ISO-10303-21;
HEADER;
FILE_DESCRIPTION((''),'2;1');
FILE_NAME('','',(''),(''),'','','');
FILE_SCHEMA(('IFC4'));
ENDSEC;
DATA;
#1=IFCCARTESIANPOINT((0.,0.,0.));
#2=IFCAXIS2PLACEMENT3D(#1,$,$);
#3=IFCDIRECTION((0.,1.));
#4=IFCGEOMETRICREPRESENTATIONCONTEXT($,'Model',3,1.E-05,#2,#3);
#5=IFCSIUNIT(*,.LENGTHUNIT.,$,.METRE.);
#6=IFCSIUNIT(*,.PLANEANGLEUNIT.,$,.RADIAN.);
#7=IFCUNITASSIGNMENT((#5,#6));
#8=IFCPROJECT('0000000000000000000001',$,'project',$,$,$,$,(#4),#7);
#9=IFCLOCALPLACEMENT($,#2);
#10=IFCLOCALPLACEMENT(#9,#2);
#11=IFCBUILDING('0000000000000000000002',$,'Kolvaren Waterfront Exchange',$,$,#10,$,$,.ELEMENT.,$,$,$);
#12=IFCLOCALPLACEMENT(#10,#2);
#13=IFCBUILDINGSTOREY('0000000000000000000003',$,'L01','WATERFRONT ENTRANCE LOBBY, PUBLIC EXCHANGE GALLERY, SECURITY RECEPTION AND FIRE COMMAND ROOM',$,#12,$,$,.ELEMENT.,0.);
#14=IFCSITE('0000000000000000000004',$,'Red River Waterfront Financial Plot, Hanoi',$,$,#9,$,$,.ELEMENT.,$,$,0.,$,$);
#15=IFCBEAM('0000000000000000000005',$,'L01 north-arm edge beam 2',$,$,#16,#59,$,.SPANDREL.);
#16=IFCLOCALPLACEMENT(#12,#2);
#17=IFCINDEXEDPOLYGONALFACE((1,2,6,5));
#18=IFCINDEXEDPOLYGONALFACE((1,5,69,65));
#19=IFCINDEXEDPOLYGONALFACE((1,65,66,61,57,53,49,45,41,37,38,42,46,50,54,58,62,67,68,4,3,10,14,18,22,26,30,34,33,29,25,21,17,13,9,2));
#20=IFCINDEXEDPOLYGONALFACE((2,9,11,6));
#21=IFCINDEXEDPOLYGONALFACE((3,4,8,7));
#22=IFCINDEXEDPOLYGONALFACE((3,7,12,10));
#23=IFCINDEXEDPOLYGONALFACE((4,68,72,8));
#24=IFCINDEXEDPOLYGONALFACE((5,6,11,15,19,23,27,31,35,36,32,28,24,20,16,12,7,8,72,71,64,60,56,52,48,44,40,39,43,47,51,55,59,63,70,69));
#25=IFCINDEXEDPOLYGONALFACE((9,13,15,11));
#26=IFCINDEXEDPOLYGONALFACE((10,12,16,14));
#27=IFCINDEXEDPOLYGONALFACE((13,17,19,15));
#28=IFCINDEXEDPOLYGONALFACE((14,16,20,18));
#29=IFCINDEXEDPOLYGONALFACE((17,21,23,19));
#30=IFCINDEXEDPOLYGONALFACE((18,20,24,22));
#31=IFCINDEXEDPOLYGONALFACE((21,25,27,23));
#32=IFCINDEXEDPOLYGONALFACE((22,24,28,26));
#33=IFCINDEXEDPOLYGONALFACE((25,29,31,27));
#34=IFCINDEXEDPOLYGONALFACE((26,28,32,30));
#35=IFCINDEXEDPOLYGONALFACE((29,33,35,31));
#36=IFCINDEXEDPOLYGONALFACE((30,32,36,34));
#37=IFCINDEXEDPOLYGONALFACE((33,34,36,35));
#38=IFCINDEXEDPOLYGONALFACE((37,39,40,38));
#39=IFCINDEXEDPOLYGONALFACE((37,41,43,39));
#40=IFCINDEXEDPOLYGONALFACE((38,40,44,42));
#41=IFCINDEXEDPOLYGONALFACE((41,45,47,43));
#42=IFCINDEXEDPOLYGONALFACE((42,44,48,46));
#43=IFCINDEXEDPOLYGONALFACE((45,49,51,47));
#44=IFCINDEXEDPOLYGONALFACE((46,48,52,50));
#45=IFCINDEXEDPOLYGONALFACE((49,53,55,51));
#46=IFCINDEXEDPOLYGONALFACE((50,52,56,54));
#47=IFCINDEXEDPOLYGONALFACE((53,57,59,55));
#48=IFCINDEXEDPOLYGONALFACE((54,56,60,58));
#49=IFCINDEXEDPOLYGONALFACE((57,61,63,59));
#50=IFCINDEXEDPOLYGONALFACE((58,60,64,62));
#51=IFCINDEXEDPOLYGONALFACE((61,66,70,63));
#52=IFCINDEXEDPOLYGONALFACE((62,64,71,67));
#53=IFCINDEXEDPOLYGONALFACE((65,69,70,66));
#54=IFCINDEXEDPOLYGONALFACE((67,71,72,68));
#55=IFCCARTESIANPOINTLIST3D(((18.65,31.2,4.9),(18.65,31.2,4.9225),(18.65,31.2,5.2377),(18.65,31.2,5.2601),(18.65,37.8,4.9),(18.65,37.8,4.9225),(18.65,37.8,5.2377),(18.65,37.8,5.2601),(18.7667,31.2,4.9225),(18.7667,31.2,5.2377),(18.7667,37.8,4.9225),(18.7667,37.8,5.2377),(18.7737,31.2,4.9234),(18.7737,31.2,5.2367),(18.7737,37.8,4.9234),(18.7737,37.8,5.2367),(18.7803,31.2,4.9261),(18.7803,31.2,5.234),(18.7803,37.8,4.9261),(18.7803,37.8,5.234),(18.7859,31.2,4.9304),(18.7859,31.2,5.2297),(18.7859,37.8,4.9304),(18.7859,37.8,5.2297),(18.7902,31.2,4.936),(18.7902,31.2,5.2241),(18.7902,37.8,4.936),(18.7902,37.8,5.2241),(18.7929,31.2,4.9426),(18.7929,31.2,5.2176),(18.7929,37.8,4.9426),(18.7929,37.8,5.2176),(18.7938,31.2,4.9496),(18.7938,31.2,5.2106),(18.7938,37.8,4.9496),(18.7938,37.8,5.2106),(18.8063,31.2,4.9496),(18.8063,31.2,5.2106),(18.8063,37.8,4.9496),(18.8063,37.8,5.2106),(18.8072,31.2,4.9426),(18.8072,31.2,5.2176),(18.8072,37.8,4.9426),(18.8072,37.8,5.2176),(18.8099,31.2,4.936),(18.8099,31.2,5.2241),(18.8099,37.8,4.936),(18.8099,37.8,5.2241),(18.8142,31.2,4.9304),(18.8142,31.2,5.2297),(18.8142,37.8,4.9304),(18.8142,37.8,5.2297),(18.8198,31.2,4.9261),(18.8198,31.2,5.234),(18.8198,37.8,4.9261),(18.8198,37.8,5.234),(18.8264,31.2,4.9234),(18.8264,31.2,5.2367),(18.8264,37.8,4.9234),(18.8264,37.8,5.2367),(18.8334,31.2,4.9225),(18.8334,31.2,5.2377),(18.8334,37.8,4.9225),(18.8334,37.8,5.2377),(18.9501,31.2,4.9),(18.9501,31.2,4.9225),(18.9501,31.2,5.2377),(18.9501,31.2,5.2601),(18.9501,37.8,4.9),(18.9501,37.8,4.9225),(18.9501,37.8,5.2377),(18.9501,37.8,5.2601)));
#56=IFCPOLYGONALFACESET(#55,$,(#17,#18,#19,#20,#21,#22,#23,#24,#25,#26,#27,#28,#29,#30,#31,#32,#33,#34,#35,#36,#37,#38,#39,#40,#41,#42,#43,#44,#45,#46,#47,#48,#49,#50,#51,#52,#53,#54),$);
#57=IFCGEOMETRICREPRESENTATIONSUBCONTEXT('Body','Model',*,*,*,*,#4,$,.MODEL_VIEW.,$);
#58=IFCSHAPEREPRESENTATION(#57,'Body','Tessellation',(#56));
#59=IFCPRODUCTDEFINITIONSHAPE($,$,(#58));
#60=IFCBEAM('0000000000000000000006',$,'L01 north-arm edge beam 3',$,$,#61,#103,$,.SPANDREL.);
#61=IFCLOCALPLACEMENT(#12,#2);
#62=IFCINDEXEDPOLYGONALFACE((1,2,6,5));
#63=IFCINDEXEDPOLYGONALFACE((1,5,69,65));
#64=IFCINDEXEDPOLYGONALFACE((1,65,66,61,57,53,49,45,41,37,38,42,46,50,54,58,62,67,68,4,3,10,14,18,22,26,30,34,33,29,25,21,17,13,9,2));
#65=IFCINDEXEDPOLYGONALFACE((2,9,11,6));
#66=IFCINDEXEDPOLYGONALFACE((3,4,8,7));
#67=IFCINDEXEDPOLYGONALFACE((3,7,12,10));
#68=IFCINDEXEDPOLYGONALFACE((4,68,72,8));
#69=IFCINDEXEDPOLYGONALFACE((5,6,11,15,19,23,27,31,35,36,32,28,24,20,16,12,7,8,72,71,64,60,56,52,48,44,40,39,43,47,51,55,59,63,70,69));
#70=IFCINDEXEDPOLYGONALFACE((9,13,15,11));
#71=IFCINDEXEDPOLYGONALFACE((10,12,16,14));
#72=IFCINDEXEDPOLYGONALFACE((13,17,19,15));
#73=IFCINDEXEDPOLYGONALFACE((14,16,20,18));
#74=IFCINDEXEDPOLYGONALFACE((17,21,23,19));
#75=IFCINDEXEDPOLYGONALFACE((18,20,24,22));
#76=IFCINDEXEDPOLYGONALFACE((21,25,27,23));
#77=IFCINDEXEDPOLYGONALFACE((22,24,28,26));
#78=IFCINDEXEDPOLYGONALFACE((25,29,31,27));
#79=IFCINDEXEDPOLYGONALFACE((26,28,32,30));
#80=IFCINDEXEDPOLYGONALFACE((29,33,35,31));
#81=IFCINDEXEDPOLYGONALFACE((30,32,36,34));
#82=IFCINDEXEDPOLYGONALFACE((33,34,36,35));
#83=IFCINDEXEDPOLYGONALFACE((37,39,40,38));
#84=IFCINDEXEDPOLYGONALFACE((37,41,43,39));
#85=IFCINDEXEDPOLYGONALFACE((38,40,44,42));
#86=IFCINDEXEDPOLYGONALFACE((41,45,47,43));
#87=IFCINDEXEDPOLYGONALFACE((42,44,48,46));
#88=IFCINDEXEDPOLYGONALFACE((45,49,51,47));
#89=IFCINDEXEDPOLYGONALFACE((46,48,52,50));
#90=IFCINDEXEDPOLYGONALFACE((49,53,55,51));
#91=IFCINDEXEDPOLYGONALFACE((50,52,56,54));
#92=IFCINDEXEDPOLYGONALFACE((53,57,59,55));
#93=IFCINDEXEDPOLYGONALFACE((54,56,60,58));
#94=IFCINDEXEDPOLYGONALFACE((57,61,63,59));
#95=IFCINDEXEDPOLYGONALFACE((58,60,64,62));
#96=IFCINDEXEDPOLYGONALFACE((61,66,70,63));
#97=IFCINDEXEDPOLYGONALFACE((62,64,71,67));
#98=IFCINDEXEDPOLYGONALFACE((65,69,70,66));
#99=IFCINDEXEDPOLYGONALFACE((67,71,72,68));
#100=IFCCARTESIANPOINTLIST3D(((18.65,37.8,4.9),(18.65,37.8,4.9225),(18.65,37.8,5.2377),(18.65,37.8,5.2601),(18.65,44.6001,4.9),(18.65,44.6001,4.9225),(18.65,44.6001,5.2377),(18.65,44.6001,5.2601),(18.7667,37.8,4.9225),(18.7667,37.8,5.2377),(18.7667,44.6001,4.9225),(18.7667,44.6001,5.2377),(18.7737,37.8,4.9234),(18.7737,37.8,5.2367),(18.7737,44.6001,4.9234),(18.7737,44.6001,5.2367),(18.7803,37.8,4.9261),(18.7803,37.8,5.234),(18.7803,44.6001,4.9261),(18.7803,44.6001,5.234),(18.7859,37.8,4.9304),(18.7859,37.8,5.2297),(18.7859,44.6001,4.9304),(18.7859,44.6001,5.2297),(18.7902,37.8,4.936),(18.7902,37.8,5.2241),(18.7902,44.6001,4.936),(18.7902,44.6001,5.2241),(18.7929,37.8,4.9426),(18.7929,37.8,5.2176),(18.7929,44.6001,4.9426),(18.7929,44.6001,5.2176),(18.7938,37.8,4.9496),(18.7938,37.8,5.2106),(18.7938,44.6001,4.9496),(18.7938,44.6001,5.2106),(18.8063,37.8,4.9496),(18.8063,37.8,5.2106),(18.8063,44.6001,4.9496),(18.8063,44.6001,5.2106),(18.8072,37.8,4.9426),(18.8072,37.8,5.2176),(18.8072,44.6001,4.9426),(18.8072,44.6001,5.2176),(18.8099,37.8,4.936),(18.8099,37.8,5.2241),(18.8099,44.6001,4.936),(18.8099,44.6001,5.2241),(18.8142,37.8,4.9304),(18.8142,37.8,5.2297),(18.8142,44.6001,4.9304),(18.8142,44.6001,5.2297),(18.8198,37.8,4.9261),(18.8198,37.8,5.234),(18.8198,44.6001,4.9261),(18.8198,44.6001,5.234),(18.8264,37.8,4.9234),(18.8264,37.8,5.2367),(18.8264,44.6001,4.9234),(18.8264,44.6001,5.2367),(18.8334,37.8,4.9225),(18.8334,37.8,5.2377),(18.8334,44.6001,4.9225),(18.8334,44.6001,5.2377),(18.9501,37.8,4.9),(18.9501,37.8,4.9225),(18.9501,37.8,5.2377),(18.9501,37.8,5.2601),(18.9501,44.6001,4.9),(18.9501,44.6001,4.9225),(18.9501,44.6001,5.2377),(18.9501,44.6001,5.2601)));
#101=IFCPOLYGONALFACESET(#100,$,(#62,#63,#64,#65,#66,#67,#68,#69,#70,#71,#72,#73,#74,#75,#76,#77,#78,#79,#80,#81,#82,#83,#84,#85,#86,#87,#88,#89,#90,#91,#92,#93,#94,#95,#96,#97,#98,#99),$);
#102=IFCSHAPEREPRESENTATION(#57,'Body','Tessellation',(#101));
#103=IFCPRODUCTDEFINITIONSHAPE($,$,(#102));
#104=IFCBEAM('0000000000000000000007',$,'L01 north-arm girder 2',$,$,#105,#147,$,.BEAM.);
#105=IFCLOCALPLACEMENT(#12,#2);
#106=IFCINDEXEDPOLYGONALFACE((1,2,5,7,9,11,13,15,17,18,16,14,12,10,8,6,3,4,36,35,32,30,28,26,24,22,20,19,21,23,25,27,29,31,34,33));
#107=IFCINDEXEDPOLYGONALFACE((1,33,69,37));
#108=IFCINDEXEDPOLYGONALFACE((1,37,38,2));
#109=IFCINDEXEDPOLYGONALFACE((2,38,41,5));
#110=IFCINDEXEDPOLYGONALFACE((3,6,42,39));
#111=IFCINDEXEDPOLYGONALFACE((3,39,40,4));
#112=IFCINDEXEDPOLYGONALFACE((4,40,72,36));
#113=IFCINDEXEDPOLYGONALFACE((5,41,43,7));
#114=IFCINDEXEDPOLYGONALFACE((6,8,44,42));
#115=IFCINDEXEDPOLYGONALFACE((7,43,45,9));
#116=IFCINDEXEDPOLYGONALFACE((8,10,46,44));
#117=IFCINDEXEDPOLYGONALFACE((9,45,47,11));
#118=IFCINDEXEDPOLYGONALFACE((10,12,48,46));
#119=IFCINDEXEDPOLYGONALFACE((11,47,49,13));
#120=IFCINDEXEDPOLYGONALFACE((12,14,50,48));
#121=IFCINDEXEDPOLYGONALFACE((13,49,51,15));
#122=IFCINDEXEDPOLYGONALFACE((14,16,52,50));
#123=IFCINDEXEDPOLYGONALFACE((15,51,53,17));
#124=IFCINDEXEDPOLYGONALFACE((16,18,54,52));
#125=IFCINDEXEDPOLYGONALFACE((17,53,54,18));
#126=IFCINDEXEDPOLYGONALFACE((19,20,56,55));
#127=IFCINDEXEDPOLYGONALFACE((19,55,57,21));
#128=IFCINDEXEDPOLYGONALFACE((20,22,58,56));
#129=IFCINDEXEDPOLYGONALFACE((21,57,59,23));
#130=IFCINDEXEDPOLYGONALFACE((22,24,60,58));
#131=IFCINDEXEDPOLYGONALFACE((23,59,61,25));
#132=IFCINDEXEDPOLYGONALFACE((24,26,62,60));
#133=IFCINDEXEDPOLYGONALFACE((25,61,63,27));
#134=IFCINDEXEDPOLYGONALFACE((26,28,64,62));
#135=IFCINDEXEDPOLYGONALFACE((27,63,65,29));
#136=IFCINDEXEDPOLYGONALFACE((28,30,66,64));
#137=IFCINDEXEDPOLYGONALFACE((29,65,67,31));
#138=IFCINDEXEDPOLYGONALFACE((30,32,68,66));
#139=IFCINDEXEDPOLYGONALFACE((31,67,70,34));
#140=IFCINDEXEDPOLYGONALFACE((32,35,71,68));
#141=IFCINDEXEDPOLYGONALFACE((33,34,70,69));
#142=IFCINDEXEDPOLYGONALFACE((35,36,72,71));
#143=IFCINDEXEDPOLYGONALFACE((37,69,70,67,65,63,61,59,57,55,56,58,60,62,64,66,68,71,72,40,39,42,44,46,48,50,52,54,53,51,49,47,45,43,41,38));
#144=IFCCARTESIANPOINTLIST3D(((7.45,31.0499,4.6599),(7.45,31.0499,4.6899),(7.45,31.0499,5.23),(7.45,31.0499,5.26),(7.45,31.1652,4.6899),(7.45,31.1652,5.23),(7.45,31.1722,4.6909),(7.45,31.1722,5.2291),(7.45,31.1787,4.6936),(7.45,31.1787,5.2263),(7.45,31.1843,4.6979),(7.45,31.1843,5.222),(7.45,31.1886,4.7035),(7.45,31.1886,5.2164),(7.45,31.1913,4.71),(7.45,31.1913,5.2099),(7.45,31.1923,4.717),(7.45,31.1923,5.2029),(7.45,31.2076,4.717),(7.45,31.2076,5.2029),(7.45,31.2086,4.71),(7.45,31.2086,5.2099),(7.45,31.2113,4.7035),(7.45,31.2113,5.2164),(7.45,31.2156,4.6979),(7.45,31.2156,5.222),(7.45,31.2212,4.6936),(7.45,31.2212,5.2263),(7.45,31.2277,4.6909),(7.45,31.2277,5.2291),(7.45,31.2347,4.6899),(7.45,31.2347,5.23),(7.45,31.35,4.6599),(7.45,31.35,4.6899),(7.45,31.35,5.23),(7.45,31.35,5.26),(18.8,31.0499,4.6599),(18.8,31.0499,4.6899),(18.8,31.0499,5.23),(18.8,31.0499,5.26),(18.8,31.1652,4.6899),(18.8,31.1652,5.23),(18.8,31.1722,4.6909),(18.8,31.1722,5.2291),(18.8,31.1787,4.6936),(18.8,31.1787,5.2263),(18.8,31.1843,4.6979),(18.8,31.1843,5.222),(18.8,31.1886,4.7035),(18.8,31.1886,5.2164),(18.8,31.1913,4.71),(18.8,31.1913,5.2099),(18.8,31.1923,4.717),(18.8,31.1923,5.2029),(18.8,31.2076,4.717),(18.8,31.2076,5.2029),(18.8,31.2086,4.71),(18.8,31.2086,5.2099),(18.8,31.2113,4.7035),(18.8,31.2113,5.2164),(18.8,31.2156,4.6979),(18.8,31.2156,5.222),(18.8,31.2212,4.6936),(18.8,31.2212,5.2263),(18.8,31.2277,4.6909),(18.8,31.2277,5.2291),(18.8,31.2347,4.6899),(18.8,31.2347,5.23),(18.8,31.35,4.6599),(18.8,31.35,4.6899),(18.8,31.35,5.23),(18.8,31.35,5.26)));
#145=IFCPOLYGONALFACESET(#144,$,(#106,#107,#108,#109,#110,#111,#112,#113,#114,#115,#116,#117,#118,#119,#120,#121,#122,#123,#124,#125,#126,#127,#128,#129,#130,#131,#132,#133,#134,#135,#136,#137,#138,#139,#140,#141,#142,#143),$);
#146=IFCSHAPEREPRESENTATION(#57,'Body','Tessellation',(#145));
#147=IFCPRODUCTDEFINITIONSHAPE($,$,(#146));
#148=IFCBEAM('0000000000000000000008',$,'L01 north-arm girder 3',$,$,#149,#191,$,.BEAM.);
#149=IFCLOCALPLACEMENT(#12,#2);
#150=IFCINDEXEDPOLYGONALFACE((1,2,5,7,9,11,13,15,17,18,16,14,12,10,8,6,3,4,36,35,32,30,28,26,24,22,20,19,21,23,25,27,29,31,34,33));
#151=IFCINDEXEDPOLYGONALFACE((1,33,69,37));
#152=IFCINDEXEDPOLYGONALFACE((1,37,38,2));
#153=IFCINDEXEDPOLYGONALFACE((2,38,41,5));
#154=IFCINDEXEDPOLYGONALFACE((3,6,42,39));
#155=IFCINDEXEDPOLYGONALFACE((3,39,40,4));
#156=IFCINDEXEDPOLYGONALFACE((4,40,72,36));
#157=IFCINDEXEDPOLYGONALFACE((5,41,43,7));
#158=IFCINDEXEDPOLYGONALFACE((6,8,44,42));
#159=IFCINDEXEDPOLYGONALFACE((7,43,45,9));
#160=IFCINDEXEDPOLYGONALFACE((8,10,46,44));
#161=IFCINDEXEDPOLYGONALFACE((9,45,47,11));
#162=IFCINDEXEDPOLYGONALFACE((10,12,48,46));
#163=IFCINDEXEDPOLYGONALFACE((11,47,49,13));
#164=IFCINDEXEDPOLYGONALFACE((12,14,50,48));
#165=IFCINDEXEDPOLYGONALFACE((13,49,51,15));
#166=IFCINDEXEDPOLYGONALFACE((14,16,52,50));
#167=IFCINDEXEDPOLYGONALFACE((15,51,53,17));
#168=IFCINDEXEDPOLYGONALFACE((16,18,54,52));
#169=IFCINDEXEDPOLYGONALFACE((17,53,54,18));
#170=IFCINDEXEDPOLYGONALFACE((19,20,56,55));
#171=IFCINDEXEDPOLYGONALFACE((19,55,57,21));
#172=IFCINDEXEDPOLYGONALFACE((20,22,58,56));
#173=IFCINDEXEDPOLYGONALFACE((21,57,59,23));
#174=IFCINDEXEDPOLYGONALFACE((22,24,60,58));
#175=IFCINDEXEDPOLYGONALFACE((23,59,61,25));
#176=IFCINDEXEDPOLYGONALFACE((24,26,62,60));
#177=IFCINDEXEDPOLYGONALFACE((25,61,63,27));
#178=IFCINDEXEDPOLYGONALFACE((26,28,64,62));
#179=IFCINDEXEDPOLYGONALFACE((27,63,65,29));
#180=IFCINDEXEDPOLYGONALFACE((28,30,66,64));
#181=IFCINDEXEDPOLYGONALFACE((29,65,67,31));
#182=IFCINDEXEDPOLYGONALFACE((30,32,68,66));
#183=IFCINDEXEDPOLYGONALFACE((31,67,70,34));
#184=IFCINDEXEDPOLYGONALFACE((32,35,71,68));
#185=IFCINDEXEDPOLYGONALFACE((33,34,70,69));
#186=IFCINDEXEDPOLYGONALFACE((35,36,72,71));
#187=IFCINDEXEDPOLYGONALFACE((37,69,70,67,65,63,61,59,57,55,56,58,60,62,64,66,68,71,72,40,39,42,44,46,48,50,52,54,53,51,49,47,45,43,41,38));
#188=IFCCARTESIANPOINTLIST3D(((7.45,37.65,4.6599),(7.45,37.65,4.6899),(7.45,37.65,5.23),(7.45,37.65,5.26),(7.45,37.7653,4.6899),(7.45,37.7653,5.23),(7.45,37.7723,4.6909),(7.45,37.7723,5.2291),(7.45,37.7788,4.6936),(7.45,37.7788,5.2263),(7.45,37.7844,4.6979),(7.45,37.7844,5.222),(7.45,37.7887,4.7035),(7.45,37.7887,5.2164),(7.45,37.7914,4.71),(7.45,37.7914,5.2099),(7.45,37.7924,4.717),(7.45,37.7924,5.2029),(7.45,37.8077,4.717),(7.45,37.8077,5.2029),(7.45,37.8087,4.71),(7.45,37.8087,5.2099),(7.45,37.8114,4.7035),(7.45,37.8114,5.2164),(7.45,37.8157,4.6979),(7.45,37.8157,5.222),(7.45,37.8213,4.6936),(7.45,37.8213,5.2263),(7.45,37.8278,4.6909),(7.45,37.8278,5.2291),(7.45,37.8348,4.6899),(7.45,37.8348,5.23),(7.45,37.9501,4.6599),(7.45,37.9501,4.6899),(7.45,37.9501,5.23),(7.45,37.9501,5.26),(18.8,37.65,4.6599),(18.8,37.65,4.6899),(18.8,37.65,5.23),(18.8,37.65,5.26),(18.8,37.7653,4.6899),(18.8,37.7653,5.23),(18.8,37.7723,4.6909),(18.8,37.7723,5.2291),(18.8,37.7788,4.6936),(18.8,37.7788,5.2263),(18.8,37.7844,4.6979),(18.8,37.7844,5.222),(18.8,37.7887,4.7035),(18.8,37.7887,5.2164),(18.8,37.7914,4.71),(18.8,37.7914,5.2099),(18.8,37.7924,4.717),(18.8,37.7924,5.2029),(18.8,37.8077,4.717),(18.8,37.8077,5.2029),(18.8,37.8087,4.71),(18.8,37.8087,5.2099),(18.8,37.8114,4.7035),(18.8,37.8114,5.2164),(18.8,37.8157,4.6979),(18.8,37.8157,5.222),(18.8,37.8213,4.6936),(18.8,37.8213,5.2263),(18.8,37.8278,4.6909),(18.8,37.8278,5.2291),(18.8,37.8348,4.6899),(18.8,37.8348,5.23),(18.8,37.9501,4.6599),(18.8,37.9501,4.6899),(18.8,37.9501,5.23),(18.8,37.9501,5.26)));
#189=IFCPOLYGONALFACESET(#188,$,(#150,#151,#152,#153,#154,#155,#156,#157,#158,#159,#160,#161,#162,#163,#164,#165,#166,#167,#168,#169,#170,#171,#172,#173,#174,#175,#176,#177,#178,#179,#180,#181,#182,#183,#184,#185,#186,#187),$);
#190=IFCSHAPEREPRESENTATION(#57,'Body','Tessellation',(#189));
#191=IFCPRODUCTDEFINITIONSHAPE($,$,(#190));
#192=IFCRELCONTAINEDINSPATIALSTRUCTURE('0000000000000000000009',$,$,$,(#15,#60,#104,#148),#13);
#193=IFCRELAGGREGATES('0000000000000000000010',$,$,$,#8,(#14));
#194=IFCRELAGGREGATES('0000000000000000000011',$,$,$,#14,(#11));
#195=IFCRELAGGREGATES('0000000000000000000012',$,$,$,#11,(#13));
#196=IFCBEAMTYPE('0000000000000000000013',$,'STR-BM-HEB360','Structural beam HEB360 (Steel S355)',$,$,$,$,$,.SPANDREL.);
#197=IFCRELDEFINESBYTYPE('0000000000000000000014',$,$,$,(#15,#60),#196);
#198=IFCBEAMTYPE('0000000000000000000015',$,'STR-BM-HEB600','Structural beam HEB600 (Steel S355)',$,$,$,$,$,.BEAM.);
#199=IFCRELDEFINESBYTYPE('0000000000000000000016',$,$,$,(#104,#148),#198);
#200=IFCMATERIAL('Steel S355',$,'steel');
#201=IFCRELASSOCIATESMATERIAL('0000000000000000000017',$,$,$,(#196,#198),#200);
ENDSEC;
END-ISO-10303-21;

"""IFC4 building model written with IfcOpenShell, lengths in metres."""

from ifc_helpers import new_model, si_unit, direction, frame, origin, origin_2d, place, context, subcontext, project, spatial, i_section, extrude, material, material_profile, profile_set, type_object, element, save


model = new_model("IFC4")

# Units and contexts
model_context = context("Model", 3, precision=1e-05, world=origin(), true_north=direction((0.0, 1.0)))
body_context = subcontext(model_context, "Body", "Model", "MODEL_VIEW")
ifc_project = project(units=[si_unit("LENGTHUNIT", "METRE"), si_unit("PLANEANGLEUNIT", "RADIAN")], contexts=[model_context])

# Site, building, storey
site_placement = place(None, origin())
site = spatial("IfcSite", under=ifc_project, at=site_placement, Name="Red River Waterfront Financial Plot, Hanoi", CompositionType="ELEMENT", RefElevation=0.0)
building_placement = place(site_placement, origin())
building = spatial("IfcBuilding", under=site, at=building_placement, Name="Kolvaren Waterfront Exchange", CompositionType="ELEMENT")
storey_placement = place(building_placement, origin())
storey = spatial("IfcBuildingStorey", under=building, at=storey_placement, Name="L01", Description="WATERFRONT ENTRANCE LOBBY, PUBLIC EXCHANGE GALLERY, SECURITY RECEPTION AND FIRE COMMAND ROOM", CompositionType="ELEMENT", Elevation=0.0)

# Beams
ifc_material_1 = material(Name="Steel S355", Category="steel")
ifc_material_profile_1 = material_profile(ifc_material_1, i_section(OverallWidth=0.3, OverallDepth=0.3601, WebThickness=0.0125, FlangeThickness=0.0225, FilletRadius=0.0271, at=origin_2d()), Name="HEB360")
ifc_profile_set_1 = profile_set([ifc_material_profile_1], Name="Steel S355")
beam_type_1 = type_object("IfcBeamType", Name="STR-BM-HEB360", Description="Structural beam HEB360 (Steel S355)", PredefinedType="SPANDREL", material=ifc_profile_set_1)
beam_1_placement = place(storey_placement, frame((18.8, 31.2, 5.0801), z_axis=(0.0, 1.0, 0.0), x_axis=(-1.0, 0.0, 0.0)))
element("IfcBeam", 1, at=beam_1_placement, inside=storey, type_object=beam_type_1, Name="L01 north-arm edge beam 2", PredefinedType="SPANDREL", context=body_context, shape_type="SweptSolid", body=[
    extrude(i_section(OverallWidth=0.3, OverallDepth=0.3601, WebThickness=0.0125, FlangeThickness=0.0225, FilletRadius=0.0271, at=origin_2d()), origin(), (0.0, 0.0, 1.0), 6.6001),
])
beam_2_placement = place(storey_placement, frame((18.8, 37.8, 5.0801), z_axis=(0.0, 1.0, 0.0), x_axis=(-1.0, 0.0, 0.0)))
element("IfcBeam", 2, at=beam_2_placement, inside=storey, type_object=beam_type_1, Name="L01 north-arm edge beam 3", PredefinedType="SPANDREL", context=body_context, shape_type="SweptSolid", body=[
    extrude(i_section(OverallWidth=0.3, OverallDepth=0.3601, WebThickness=0.0125, FlangeThickness=0.0225, FilletRadius=0.0271, at=origin_2d()), origin(), (0.0, 0.0, 1.0), 6.8),
])
ifc_material_profile_2 = material_profile(ifc_material_1, i_section(OverallWidth=0.3, OverallDepth=0.6001, WebThickness=0.0154, FlangeThickness=0.03, FilletRadius=0.0271, at=origin_2d()), Name="HEB600")
ifc_profile_set_2 = profile_set([ifc_material_profile_2], Name="Steel S355")
beam_type_2 = type_object("IfcBeamType", Name="STR-BM-HEB600", Description="Structural beam HEB600 (Steel S355)", PredefinedType="BEAM", material=ifc_profile_set_2)
for number, where, z_axis, x_axis, name in (
    (3, (7.45, 31.2, 4.96), (1.0, 0.0, 0.0), (0.0, 1.0, 0.0), "L01 north-arm girder 2"),
    (4, (7.45, 37.8, 4.96), (1.0, 0.0, 0.0), (0.0, 1.0, 0.0), "L01 north-arm girder 3"),
):
    element("IfcBeam", number, at=place(storey_placement, frame(where, z_axis=z_axis, x_axis=x_axis)), inside=storey, type_object=beam_type_2, Name=name, PredefinedType="BEAM", context=body_context, shape_type="SweptSolid", body=[
        extrude(i_section(OverallWidth=0.3, OverallDepth=0.6001, WebThickness=0.0154, FlangeThickness=0.03, FilletRadius=0.0271, at=origin_2d()), origin(), (0.0, 0.0, 1.0), 11.3501),
    ])

save(model, "model.ifc")
